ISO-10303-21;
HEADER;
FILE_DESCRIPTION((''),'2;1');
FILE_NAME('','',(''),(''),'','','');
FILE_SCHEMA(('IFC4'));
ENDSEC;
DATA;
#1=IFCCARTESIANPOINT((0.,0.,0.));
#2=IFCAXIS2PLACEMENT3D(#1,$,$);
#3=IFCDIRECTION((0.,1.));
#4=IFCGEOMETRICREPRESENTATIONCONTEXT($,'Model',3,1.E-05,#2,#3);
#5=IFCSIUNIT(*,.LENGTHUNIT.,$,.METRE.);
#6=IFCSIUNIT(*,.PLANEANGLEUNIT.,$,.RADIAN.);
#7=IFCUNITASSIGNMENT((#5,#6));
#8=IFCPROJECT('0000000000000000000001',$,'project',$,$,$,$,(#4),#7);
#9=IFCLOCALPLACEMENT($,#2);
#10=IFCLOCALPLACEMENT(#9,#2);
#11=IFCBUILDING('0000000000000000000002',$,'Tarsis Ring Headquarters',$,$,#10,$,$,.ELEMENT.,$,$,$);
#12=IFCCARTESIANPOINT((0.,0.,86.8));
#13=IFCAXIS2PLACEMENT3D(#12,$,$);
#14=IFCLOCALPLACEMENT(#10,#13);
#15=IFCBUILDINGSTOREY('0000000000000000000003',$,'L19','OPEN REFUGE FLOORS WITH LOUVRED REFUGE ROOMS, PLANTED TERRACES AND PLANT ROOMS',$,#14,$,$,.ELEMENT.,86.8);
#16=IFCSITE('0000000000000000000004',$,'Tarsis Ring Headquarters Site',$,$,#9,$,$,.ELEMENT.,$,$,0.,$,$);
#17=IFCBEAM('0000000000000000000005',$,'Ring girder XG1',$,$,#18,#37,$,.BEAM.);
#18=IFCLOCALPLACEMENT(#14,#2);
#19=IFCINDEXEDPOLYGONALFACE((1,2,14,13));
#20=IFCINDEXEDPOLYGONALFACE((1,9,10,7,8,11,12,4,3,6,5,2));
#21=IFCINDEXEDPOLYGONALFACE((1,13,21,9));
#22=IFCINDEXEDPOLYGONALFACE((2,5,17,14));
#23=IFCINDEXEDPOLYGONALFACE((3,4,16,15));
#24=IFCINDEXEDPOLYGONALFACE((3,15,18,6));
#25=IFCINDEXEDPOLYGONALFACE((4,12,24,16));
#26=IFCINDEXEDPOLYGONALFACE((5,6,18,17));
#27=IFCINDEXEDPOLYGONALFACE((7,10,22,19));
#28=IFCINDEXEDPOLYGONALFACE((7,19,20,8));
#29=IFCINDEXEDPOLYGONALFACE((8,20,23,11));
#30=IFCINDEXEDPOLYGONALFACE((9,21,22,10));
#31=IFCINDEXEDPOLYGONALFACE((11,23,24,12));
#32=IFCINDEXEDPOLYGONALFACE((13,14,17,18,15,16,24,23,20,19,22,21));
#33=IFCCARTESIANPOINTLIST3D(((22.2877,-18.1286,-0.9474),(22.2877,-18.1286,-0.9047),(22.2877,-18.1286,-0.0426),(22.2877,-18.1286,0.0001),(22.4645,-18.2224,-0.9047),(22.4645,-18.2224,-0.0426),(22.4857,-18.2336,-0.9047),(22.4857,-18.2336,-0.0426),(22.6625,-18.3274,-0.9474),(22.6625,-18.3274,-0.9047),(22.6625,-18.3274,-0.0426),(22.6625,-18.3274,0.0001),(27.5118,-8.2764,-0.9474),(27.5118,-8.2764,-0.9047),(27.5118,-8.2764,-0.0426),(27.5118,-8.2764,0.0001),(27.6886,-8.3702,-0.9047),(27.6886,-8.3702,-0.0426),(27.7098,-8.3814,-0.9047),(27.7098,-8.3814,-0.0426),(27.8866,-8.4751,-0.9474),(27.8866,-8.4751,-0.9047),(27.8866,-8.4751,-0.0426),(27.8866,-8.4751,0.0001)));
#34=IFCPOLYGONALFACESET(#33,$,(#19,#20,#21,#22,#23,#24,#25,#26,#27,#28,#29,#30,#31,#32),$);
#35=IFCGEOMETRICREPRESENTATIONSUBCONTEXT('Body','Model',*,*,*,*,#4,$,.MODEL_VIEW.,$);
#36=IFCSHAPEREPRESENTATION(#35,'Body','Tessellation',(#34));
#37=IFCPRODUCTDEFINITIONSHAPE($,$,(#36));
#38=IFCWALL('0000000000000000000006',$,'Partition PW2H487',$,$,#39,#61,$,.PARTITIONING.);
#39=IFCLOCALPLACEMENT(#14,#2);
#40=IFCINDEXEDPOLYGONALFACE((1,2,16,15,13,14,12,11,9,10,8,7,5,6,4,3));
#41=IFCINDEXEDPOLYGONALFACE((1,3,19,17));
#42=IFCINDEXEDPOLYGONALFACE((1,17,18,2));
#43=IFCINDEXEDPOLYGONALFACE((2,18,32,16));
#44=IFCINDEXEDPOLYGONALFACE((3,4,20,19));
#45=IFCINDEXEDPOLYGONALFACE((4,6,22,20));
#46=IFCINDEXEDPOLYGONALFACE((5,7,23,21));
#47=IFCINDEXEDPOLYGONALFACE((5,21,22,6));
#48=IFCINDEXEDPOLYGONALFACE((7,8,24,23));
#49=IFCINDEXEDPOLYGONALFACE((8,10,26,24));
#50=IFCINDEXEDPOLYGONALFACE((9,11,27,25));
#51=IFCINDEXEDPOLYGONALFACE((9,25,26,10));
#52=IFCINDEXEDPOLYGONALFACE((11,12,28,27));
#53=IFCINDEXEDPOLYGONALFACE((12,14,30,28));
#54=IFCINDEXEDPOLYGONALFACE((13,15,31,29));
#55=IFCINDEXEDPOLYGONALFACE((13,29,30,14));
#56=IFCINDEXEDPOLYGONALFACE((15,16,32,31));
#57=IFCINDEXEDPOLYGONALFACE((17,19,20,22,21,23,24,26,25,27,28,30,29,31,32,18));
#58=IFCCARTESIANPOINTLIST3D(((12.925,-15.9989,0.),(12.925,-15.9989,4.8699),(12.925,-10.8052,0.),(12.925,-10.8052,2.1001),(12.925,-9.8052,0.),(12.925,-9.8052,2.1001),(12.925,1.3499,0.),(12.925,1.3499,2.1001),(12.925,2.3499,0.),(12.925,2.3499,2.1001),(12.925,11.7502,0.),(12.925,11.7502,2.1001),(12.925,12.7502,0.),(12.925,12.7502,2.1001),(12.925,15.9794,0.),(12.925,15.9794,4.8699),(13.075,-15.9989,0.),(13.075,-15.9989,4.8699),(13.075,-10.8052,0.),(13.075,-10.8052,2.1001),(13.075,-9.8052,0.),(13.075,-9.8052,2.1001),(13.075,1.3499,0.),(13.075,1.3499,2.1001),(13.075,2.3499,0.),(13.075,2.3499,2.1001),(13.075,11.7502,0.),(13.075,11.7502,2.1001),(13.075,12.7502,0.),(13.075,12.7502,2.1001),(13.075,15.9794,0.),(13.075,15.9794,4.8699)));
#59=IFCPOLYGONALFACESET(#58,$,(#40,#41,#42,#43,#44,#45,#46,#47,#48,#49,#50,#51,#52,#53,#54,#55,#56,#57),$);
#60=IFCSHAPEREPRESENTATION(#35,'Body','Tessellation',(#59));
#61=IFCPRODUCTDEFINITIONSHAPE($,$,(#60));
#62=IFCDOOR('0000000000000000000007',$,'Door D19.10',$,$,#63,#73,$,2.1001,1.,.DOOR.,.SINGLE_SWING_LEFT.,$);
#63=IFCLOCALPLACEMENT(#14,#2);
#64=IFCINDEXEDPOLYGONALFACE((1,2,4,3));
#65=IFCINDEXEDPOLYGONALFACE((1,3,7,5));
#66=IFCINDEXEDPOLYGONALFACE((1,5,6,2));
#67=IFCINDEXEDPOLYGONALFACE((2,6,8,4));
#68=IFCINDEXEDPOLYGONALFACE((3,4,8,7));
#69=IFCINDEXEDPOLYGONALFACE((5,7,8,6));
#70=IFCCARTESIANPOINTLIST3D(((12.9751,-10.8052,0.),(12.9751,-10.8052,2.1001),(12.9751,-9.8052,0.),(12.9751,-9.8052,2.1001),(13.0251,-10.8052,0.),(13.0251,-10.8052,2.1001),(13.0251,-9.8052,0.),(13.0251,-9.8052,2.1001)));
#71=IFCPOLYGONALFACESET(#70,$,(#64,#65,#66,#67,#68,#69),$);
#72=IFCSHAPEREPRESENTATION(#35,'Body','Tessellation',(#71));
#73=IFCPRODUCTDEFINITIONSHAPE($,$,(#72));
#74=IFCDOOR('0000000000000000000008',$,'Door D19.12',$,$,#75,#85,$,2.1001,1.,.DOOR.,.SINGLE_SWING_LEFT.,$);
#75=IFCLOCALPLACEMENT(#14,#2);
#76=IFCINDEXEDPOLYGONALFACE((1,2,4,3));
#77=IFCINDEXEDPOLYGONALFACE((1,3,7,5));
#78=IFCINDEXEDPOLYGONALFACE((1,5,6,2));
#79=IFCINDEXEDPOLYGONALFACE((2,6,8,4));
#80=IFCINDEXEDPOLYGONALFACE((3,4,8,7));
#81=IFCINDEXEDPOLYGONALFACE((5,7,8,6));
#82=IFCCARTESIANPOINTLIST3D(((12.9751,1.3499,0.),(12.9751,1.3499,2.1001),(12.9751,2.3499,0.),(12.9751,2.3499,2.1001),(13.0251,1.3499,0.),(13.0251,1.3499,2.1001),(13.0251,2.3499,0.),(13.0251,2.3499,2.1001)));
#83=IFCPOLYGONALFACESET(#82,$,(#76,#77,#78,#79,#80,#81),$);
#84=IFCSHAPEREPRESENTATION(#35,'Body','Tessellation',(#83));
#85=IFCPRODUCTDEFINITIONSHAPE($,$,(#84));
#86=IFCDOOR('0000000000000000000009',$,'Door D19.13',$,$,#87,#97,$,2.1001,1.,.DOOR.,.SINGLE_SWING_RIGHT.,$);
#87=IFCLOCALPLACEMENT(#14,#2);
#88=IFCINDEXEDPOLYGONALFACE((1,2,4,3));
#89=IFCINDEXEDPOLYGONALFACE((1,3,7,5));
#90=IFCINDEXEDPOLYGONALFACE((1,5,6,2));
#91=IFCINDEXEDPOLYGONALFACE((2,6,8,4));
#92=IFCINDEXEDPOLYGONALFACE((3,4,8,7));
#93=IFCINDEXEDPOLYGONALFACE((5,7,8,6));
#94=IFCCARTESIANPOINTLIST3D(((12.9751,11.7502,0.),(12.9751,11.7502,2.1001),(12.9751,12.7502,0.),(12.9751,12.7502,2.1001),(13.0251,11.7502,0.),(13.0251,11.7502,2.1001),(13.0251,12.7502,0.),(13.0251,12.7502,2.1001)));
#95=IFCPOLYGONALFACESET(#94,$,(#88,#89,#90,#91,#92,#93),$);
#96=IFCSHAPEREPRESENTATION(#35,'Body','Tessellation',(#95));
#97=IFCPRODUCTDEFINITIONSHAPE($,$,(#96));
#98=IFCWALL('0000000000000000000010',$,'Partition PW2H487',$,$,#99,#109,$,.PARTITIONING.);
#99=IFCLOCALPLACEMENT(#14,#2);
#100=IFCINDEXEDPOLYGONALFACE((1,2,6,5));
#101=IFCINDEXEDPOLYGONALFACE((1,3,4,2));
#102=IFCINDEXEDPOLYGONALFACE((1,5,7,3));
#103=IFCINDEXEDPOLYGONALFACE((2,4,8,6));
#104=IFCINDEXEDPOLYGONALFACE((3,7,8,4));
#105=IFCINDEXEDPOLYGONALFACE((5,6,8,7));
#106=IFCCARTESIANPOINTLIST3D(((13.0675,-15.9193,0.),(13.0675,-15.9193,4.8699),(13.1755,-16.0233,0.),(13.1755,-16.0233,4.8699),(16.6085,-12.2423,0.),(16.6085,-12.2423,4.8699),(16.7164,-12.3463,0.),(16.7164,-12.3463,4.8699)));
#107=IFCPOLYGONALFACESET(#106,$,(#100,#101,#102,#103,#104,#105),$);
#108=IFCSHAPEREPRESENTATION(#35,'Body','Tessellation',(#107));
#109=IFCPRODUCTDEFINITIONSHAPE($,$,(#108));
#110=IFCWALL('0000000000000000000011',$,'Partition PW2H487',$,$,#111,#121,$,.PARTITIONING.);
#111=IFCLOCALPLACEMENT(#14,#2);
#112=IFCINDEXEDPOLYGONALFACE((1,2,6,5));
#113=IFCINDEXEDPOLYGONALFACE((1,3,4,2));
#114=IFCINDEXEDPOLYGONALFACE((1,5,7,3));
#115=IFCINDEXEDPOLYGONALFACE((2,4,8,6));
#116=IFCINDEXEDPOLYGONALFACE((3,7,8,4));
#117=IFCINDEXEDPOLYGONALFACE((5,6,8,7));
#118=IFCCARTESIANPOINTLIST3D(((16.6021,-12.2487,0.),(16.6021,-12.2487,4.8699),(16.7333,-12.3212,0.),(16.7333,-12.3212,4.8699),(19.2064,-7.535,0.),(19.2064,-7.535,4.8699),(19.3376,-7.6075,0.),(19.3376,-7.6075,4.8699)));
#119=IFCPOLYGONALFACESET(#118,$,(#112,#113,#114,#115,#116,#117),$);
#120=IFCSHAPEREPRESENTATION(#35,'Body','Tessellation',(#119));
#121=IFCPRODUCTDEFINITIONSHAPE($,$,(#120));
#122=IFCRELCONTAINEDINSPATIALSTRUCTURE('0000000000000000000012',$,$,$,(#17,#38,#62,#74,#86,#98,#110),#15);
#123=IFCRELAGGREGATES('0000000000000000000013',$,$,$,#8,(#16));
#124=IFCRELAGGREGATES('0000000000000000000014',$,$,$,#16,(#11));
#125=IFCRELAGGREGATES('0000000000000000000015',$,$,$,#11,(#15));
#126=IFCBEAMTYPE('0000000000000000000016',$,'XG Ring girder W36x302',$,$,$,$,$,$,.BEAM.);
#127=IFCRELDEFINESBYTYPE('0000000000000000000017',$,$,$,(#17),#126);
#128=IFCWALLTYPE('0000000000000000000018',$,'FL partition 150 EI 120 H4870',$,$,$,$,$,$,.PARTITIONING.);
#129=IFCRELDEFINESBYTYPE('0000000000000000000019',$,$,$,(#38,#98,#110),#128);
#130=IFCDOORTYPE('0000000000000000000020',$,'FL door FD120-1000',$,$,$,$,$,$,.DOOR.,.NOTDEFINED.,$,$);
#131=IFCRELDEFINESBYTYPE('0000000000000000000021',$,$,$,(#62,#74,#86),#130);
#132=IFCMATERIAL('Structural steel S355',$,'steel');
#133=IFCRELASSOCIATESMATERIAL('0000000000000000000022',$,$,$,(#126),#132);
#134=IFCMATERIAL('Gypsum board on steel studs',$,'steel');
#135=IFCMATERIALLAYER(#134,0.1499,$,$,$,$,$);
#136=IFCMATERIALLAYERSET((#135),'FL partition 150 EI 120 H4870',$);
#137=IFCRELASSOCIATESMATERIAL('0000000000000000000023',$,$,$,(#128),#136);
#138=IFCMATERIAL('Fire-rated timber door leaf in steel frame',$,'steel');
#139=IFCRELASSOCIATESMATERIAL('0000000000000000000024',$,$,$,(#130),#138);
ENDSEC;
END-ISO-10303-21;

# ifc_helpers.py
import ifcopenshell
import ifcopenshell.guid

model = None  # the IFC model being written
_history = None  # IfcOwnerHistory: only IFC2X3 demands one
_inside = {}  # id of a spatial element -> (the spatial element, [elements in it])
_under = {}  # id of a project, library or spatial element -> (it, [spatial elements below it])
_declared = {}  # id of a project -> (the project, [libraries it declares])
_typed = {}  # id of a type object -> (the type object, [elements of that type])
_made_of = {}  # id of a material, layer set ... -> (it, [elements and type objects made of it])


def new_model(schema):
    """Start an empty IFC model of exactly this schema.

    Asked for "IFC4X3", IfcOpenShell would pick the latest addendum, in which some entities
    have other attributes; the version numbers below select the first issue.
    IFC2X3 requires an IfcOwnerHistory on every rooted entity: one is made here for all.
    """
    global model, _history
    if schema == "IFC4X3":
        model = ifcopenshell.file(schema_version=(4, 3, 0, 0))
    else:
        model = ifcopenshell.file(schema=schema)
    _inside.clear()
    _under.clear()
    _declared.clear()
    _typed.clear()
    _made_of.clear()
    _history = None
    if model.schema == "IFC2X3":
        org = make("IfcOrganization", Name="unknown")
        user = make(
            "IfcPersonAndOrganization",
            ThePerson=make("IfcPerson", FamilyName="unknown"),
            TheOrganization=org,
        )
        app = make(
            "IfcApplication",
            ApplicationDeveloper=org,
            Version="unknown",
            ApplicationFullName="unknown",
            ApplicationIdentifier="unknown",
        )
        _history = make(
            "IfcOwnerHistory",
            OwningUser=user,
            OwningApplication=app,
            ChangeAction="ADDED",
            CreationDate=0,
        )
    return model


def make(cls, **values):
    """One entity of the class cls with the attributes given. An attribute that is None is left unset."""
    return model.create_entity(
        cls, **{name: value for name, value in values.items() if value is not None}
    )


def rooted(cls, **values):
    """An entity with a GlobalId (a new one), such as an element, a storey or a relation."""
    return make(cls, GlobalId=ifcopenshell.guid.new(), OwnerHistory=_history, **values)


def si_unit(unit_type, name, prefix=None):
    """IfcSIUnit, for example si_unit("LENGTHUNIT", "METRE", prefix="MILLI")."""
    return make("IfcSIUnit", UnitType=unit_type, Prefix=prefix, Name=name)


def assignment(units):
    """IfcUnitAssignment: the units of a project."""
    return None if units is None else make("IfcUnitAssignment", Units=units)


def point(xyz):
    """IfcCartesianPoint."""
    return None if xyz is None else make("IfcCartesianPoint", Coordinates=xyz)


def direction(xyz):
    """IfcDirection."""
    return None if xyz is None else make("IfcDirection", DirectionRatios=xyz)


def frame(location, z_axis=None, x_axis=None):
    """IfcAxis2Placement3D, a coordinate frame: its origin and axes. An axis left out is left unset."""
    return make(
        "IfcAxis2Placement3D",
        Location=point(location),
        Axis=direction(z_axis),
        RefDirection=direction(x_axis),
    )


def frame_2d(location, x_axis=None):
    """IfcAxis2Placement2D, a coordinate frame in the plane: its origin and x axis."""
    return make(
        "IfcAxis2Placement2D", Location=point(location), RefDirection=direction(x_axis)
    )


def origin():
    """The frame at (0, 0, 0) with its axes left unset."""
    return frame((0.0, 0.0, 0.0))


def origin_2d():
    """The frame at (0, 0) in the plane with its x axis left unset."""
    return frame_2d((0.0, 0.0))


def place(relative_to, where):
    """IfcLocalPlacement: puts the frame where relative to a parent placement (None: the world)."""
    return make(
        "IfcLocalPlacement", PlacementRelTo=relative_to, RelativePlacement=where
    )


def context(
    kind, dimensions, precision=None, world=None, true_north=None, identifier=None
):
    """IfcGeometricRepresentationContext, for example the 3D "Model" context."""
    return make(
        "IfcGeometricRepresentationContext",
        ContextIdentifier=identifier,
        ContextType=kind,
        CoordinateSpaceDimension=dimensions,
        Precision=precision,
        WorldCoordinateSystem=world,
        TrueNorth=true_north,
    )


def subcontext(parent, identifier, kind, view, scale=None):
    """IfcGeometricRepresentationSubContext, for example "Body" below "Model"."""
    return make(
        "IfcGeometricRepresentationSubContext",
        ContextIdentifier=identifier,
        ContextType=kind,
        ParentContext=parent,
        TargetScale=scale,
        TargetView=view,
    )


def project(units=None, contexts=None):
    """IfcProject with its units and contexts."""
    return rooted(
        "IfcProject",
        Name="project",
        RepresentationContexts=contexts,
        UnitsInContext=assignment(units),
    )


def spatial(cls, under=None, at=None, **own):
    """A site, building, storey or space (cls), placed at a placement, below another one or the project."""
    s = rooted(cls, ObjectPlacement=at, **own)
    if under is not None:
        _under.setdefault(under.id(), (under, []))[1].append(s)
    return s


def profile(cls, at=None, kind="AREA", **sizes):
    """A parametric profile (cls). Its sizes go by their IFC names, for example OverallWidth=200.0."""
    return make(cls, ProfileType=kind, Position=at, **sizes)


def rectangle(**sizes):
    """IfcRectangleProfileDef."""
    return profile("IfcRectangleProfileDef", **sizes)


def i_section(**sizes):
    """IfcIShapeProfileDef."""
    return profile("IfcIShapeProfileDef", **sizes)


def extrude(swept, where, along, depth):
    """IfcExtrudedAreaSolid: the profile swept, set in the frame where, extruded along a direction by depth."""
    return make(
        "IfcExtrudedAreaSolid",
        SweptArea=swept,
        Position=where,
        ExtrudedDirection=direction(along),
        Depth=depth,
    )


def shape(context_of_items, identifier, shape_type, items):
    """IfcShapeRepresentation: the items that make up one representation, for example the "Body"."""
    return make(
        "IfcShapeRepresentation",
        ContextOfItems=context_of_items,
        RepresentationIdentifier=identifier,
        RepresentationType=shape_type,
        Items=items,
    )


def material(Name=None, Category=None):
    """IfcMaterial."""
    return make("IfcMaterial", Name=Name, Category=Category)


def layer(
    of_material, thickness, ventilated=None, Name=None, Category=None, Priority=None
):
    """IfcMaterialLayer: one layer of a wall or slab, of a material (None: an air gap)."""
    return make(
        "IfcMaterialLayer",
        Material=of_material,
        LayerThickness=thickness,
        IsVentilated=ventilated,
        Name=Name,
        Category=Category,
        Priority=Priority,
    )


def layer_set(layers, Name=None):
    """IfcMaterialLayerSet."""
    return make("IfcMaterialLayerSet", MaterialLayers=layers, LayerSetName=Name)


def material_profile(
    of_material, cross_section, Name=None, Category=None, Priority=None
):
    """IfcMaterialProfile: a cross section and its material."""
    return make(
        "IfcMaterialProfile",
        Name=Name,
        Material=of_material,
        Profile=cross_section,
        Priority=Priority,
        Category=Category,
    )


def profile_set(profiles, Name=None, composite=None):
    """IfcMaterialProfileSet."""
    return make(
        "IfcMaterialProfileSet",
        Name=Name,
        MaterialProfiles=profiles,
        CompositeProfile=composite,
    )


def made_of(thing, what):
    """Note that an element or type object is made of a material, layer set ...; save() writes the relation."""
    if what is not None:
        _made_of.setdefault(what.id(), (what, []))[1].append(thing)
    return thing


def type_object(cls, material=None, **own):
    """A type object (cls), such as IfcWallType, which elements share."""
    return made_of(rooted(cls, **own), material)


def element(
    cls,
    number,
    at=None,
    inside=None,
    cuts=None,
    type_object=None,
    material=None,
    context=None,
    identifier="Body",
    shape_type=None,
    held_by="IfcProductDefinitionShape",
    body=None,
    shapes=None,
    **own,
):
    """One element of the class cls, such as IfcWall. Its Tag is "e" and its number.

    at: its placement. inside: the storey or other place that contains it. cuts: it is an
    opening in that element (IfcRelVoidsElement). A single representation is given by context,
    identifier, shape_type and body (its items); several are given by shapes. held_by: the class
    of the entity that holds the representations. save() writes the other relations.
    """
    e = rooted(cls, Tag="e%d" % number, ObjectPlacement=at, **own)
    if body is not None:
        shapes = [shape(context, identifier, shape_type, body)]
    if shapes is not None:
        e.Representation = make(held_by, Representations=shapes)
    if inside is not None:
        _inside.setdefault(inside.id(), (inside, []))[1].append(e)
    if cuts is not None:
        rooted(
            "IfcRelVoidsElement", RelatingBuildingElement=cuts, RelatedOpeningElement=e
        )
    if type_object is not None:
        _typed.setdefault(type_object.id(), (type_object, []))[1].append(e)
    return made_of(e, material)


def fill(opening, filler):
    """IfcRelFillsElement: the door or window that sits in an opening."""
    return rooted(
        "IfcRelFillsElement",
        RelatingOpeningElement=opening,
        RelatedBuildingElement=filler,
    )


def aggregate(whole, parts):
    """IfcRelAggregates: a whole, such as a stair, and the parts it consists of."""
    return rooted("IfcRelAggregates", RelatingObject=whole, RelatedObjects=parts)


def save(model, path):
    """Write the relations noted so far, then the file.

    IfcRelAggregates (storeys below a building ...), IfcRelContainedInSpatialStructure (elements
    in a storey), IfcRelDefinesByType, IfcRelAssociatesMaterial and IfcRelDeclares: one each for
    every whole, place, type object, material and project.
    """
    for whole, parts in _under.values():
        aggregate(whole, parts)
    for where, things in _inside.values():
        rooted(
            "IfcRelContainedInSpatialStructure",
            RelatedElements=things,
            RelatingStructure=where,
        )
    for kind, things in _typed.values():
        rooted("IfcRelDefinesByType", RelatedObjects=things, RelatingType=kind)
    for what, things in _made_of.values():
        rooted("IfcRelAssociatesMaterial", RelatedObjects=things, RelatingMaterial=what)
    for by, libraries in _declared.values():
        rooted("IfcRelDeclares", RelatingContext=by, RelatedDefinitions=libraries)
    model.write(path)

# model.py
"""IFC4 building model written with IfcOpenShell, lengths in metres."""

from ifc_helpers import new_model, si_unit, direction, frame, frame_2d, origin, origin_2d, place, context, subcontext, project, spatial, rectangle, i_section, extrude, material, layer, layer_set, material_profile, profile_set, type_object, element, fill, save


model = new_model("IFC4")

# Units and contexts
model_context = context("Model", 3, precision=1e-05, world=origin(), true_north=direction((0.0, 1.0)))
body_context = subcontext(model_context, "Body", "Model", "MODEL_VIEW")
ifc_project = project(units=[si_unit("LENGTHUNIT", "METRE"), si_unit("PLANEANGLEUNIT", "RADIAN")], contexts=[model_context])

# Site, building, storey
site_placement = place(None, origin())
site = spatial("IfcSite", under=ifc_project, at=site_placement, Name="Tarsis Ring Headquarters Site", CompositionType="ELEMENT", RefElevation=0.0)
building_placement = place(site_placement, origin())
building = spatial("IfcBuilding", under=site, at=building_placement, Name="Tarsis Ring Headquarters", CompositionType="ELEMENT")
storey_placement = place(building_placement, frame((0.0, 0.0, 86.8)))
storey = spatial("IfcBuildingStorey", under=building, at=storey_placement, Name="L19", Description="OPEN REFUGE FLOORS WITH LOUVRED REFUGE ROOMS, PLANTED TERRACES AND PLANT ROOMS", CompositionType="ELEMENT", Elevation=86.8)

# Beam
ifc_material_1 = material(Name="Structural steel S355", Category="steel")
ifc_material_profile_1 = material_profile(ifc_material_1, i_section(OverallWidth=0.4243, OverallDepth=0.9475, WebThickness=0.0239, FlangeThickness=0.0427, at=origin_2d()), Name="W36x302")
ifc_profile_set_1 = profile_set([ifc_material_profile_1], Name="Structural steel S355")
beam_type = type_object("IfcBeamType", Name="XG Ring girder W36x302", PredefinedType="BEAM", material=ifc_profile_set_1)
beam_placement = place(storey_placement, frame((22.4751, -18.228, -0.4736), z_axis=(0.468462, 0.883484, 0.0), x_axis=(-0.883484, 0.468462, 0.0)))
element("IfcBeam", 1, at=beam_placement, inside=storey, type_object=beam_type, Name="Ring girder XG1", PredefinedType="BEAM", context=body_context, shape_type="SweptSolid", body=[
    extrude(i_section(OverallWidth=0.4243, OverallDepth=0.9475, WebThickness=0.0239, FlangeThickness=0.0427, at=origin_2d()), origin(), (0.0, 0.0, 1.0), 11.1516),
])

# Wall, openings, doors
ifc_material_2 = material(Name="Gypsum board on steel studs", Category="steel")
ifc_layer = layer(ifc_material_2, 0.1499)
ifc_layer_set = layer_set([ifc_layer], Name="FL partition 150 EI 120 H4870")
wall_type = type_object("IfcWallType", Name="FL partition 150 EI 120 H4870", PredefinedType="PARTITIONING", material=ifc_layer_set)
wall_1_placement = place(storey_placement, frame((13.0, -15.999, 0.0), z_axis=(0.0, 0.0, 1.0), x_axis=(0.0, 1.0, 0.0)))
wall_1 = element("IfcWall", 2, at=wall_1_placement, inside=storey, type_object=wall_type, Name="Partition PW2H487", PredefinedType="PARTITIONING", context=body_context, shape_type="SweptSolid", body=[
    extrude(rectangle(XDim=31.9783, YDim=0.1499, at=frame_2d((15.9893, 0.0))), origin(), (0.0, 0.0, 1.0), 4.8699),
])
opening_1_placement = place(wall_1_placement, frame((5.1938, 0.0, 0.0)))
opening_1 = element("IfcOpeningElement", 3, at=opening_1_placement, cuts=wall_1, PredefinedType="OPENING", context=body_context, shape_type="SweptSolid", body=[
    extrude(rectangle(XDim=1.0, YDim=2.1001, at=frame_2d((0.5, 1.05))), frame((0.0, 0.085, 0.0), z_axis=(0.0, -1.0, 0.0), x_axis=(1.0, 0.0, 0.0)), (0.0, 0.0, 1.0), 0.1699),
])
opening_2_placement = place(wall_1_placement, frame((17.3489, 0.0, 0.0)))
opening_2 = element("IfcOpeningElement", 4, at=opening_2_placement, cuts=wall_1, PredefinedType="OPENING", context=body_context, shape_type="SweptSolid", body=[
    extrude(rectangle(XDim=1.0, YDim=2.1001, at=frame_2d((0.5, 1.05))), frame((0.0, 0.085, 0.0), z_axis=(0.0, -1.0, 0.0), x_axis=(1.0, 0.0, 0.0)), (0.0, 0.0, 1.0), 0.1699),
])
opening_3_placement = place(wall_1_placement, frame((27.7493, 0.0, 0.0)))
opening_3 = element("IfcOpeningElement", 5, at=opening_3_placement, cuts=wall_1, PredefinedType="OPENING", context=body_context, shape_type="SweptSolid", body=[
    extrude(rectangle(XDim=1.0, YDim=2.1001, at=frame_2d((0.5, 1.05))), frame((0.0, 0.085, 0.0), z_axis=(0.0, -1.0, 0.0), x_axis=(1.0, 0.0, 0.0)), (0.0, 0.0, 1.0), 0.1699),
])
ifc_material_3 = material(Name="Fire-rated timber door leaf in steel frame", Category="steel")
door_type = type_object("IfcDoorType", Name="FL door FD120-1000", OperationType="NOTDEFINED", PredefinedType="DOOR", material=ifc_material_3)
door_1_placement = place(opening_1_placement, origin())
door_1 = element("IfcDoor", 6, at=door_1_placement, inside=storey, type_object=door_type, Name="Door D19.10", OperationType="SINGLE_SWING_LEFT", OverallHeight=2.1001, OverallWidth=1.0, PredefinedType="DOOR", context=body_context, shape_type="SweptSolid", body=[
    extrude(rectangle(XDim=1.0, YDim=2.1001, at=frame_2d((0.5, 1.05))), frame((0.0, 0.0249, 0.0), z_axis=(0.0, -1.0, 0.0), x_axis=(1.0, 0.0, 0.0)), (0.0, 0.0, 1.0), 0.05),
])
fill(opening_1, door_1)
door_2_placement = place(opening_2_placement, origin())
door_2 = element("IfcDoor", 7, at=door_2_placement, inside=storey, type_object=door_type, Name="Door D19.12", OperationType="SINGLE_SWING_LEFT", OverallHeight=2.1001, OverallWidth=1.0, PredefinedType="DOOR", context=body_context, shape_type="SweptSolid", body=[
    extrude(rectangle(XDim=1.0, YDim=2.1001, at=frame_2d((0.5, 1.05))), frame((0.0, 0.0249, 0.0), z_axis=(0.0, -1.0, 0.0), x_axis=(1.0, 0.0, 0.0)), (0.0, 0.0, 1.0), 0.05),
])
fill(opening_2, door_2)
door_3_placement = place(opening_3_placement, origin())
door_3 = element("IfcDoor", 8, at=door_3_placement, inside=storey, type_object=door_type, Name="Door D19.13", OperationType="SINGLE_SWING_RIGHT", OverallHeight=2.1001, OverallWidth=1.0, PredefinedType="DOOR", context=body_context, shape_type="SweptSolid", body=[
    extrude(rectangle(XDim=1.0, YDim=2.1001, at=frame_2d((0.5, 1.05))), frame((0.0, 0.0249, 0.0), z_axis=(0.0, -1.0, 0.0), x_axis=(1.0, 0.0, 0.0)), (0.0, 0.0, 1.0), 0.05),
])
fill(opening_3, door_3)

# Walls
wall_2_placement = place(storey_placement, frame((13.1216, -15.9712, 0.0), z_axis=(0.0, 0.0, 1.0), x_axis=(0.693662, 0.720301, 0.0)))
element("IfcWall", 9, at=wall_2_placement, inside=storey, type_object=wall_type, Name="Partition PW2H487", PredefinedType="PARTITIONING", context=body_context, shape_type="SweptSolid", body=[
    extrude(rectangle(XDim=5.1047, YDim=0.1499, at=frame_2d((2.5522, 0.0))), origin(), (0.0, 0.0, 1.0), 4.8699),
])
wall_3_placement = place(storey_placement, frame((16.6677, -12.2849, 0.0), z_axis=(0.0, 0.0, 1.0), x_axis=(0.483594, 0.875293, 0.0)))
element("IfcWall", 10, at=wall_3_placement, inside=storey, type_object=wall_type, Name="Partition PW2H487", PredefinedType="PARTITIONING", context=body_context, shape_type="SweptSolid", body=[
    extrude(rectangle(XDim=5.3853, YDim=0.1499, at=frame_2d((2.6926, 0.0))), origin(), (0.0, 0.0, 1.0), 4.8699),
])

save(model, "model.ifc")
